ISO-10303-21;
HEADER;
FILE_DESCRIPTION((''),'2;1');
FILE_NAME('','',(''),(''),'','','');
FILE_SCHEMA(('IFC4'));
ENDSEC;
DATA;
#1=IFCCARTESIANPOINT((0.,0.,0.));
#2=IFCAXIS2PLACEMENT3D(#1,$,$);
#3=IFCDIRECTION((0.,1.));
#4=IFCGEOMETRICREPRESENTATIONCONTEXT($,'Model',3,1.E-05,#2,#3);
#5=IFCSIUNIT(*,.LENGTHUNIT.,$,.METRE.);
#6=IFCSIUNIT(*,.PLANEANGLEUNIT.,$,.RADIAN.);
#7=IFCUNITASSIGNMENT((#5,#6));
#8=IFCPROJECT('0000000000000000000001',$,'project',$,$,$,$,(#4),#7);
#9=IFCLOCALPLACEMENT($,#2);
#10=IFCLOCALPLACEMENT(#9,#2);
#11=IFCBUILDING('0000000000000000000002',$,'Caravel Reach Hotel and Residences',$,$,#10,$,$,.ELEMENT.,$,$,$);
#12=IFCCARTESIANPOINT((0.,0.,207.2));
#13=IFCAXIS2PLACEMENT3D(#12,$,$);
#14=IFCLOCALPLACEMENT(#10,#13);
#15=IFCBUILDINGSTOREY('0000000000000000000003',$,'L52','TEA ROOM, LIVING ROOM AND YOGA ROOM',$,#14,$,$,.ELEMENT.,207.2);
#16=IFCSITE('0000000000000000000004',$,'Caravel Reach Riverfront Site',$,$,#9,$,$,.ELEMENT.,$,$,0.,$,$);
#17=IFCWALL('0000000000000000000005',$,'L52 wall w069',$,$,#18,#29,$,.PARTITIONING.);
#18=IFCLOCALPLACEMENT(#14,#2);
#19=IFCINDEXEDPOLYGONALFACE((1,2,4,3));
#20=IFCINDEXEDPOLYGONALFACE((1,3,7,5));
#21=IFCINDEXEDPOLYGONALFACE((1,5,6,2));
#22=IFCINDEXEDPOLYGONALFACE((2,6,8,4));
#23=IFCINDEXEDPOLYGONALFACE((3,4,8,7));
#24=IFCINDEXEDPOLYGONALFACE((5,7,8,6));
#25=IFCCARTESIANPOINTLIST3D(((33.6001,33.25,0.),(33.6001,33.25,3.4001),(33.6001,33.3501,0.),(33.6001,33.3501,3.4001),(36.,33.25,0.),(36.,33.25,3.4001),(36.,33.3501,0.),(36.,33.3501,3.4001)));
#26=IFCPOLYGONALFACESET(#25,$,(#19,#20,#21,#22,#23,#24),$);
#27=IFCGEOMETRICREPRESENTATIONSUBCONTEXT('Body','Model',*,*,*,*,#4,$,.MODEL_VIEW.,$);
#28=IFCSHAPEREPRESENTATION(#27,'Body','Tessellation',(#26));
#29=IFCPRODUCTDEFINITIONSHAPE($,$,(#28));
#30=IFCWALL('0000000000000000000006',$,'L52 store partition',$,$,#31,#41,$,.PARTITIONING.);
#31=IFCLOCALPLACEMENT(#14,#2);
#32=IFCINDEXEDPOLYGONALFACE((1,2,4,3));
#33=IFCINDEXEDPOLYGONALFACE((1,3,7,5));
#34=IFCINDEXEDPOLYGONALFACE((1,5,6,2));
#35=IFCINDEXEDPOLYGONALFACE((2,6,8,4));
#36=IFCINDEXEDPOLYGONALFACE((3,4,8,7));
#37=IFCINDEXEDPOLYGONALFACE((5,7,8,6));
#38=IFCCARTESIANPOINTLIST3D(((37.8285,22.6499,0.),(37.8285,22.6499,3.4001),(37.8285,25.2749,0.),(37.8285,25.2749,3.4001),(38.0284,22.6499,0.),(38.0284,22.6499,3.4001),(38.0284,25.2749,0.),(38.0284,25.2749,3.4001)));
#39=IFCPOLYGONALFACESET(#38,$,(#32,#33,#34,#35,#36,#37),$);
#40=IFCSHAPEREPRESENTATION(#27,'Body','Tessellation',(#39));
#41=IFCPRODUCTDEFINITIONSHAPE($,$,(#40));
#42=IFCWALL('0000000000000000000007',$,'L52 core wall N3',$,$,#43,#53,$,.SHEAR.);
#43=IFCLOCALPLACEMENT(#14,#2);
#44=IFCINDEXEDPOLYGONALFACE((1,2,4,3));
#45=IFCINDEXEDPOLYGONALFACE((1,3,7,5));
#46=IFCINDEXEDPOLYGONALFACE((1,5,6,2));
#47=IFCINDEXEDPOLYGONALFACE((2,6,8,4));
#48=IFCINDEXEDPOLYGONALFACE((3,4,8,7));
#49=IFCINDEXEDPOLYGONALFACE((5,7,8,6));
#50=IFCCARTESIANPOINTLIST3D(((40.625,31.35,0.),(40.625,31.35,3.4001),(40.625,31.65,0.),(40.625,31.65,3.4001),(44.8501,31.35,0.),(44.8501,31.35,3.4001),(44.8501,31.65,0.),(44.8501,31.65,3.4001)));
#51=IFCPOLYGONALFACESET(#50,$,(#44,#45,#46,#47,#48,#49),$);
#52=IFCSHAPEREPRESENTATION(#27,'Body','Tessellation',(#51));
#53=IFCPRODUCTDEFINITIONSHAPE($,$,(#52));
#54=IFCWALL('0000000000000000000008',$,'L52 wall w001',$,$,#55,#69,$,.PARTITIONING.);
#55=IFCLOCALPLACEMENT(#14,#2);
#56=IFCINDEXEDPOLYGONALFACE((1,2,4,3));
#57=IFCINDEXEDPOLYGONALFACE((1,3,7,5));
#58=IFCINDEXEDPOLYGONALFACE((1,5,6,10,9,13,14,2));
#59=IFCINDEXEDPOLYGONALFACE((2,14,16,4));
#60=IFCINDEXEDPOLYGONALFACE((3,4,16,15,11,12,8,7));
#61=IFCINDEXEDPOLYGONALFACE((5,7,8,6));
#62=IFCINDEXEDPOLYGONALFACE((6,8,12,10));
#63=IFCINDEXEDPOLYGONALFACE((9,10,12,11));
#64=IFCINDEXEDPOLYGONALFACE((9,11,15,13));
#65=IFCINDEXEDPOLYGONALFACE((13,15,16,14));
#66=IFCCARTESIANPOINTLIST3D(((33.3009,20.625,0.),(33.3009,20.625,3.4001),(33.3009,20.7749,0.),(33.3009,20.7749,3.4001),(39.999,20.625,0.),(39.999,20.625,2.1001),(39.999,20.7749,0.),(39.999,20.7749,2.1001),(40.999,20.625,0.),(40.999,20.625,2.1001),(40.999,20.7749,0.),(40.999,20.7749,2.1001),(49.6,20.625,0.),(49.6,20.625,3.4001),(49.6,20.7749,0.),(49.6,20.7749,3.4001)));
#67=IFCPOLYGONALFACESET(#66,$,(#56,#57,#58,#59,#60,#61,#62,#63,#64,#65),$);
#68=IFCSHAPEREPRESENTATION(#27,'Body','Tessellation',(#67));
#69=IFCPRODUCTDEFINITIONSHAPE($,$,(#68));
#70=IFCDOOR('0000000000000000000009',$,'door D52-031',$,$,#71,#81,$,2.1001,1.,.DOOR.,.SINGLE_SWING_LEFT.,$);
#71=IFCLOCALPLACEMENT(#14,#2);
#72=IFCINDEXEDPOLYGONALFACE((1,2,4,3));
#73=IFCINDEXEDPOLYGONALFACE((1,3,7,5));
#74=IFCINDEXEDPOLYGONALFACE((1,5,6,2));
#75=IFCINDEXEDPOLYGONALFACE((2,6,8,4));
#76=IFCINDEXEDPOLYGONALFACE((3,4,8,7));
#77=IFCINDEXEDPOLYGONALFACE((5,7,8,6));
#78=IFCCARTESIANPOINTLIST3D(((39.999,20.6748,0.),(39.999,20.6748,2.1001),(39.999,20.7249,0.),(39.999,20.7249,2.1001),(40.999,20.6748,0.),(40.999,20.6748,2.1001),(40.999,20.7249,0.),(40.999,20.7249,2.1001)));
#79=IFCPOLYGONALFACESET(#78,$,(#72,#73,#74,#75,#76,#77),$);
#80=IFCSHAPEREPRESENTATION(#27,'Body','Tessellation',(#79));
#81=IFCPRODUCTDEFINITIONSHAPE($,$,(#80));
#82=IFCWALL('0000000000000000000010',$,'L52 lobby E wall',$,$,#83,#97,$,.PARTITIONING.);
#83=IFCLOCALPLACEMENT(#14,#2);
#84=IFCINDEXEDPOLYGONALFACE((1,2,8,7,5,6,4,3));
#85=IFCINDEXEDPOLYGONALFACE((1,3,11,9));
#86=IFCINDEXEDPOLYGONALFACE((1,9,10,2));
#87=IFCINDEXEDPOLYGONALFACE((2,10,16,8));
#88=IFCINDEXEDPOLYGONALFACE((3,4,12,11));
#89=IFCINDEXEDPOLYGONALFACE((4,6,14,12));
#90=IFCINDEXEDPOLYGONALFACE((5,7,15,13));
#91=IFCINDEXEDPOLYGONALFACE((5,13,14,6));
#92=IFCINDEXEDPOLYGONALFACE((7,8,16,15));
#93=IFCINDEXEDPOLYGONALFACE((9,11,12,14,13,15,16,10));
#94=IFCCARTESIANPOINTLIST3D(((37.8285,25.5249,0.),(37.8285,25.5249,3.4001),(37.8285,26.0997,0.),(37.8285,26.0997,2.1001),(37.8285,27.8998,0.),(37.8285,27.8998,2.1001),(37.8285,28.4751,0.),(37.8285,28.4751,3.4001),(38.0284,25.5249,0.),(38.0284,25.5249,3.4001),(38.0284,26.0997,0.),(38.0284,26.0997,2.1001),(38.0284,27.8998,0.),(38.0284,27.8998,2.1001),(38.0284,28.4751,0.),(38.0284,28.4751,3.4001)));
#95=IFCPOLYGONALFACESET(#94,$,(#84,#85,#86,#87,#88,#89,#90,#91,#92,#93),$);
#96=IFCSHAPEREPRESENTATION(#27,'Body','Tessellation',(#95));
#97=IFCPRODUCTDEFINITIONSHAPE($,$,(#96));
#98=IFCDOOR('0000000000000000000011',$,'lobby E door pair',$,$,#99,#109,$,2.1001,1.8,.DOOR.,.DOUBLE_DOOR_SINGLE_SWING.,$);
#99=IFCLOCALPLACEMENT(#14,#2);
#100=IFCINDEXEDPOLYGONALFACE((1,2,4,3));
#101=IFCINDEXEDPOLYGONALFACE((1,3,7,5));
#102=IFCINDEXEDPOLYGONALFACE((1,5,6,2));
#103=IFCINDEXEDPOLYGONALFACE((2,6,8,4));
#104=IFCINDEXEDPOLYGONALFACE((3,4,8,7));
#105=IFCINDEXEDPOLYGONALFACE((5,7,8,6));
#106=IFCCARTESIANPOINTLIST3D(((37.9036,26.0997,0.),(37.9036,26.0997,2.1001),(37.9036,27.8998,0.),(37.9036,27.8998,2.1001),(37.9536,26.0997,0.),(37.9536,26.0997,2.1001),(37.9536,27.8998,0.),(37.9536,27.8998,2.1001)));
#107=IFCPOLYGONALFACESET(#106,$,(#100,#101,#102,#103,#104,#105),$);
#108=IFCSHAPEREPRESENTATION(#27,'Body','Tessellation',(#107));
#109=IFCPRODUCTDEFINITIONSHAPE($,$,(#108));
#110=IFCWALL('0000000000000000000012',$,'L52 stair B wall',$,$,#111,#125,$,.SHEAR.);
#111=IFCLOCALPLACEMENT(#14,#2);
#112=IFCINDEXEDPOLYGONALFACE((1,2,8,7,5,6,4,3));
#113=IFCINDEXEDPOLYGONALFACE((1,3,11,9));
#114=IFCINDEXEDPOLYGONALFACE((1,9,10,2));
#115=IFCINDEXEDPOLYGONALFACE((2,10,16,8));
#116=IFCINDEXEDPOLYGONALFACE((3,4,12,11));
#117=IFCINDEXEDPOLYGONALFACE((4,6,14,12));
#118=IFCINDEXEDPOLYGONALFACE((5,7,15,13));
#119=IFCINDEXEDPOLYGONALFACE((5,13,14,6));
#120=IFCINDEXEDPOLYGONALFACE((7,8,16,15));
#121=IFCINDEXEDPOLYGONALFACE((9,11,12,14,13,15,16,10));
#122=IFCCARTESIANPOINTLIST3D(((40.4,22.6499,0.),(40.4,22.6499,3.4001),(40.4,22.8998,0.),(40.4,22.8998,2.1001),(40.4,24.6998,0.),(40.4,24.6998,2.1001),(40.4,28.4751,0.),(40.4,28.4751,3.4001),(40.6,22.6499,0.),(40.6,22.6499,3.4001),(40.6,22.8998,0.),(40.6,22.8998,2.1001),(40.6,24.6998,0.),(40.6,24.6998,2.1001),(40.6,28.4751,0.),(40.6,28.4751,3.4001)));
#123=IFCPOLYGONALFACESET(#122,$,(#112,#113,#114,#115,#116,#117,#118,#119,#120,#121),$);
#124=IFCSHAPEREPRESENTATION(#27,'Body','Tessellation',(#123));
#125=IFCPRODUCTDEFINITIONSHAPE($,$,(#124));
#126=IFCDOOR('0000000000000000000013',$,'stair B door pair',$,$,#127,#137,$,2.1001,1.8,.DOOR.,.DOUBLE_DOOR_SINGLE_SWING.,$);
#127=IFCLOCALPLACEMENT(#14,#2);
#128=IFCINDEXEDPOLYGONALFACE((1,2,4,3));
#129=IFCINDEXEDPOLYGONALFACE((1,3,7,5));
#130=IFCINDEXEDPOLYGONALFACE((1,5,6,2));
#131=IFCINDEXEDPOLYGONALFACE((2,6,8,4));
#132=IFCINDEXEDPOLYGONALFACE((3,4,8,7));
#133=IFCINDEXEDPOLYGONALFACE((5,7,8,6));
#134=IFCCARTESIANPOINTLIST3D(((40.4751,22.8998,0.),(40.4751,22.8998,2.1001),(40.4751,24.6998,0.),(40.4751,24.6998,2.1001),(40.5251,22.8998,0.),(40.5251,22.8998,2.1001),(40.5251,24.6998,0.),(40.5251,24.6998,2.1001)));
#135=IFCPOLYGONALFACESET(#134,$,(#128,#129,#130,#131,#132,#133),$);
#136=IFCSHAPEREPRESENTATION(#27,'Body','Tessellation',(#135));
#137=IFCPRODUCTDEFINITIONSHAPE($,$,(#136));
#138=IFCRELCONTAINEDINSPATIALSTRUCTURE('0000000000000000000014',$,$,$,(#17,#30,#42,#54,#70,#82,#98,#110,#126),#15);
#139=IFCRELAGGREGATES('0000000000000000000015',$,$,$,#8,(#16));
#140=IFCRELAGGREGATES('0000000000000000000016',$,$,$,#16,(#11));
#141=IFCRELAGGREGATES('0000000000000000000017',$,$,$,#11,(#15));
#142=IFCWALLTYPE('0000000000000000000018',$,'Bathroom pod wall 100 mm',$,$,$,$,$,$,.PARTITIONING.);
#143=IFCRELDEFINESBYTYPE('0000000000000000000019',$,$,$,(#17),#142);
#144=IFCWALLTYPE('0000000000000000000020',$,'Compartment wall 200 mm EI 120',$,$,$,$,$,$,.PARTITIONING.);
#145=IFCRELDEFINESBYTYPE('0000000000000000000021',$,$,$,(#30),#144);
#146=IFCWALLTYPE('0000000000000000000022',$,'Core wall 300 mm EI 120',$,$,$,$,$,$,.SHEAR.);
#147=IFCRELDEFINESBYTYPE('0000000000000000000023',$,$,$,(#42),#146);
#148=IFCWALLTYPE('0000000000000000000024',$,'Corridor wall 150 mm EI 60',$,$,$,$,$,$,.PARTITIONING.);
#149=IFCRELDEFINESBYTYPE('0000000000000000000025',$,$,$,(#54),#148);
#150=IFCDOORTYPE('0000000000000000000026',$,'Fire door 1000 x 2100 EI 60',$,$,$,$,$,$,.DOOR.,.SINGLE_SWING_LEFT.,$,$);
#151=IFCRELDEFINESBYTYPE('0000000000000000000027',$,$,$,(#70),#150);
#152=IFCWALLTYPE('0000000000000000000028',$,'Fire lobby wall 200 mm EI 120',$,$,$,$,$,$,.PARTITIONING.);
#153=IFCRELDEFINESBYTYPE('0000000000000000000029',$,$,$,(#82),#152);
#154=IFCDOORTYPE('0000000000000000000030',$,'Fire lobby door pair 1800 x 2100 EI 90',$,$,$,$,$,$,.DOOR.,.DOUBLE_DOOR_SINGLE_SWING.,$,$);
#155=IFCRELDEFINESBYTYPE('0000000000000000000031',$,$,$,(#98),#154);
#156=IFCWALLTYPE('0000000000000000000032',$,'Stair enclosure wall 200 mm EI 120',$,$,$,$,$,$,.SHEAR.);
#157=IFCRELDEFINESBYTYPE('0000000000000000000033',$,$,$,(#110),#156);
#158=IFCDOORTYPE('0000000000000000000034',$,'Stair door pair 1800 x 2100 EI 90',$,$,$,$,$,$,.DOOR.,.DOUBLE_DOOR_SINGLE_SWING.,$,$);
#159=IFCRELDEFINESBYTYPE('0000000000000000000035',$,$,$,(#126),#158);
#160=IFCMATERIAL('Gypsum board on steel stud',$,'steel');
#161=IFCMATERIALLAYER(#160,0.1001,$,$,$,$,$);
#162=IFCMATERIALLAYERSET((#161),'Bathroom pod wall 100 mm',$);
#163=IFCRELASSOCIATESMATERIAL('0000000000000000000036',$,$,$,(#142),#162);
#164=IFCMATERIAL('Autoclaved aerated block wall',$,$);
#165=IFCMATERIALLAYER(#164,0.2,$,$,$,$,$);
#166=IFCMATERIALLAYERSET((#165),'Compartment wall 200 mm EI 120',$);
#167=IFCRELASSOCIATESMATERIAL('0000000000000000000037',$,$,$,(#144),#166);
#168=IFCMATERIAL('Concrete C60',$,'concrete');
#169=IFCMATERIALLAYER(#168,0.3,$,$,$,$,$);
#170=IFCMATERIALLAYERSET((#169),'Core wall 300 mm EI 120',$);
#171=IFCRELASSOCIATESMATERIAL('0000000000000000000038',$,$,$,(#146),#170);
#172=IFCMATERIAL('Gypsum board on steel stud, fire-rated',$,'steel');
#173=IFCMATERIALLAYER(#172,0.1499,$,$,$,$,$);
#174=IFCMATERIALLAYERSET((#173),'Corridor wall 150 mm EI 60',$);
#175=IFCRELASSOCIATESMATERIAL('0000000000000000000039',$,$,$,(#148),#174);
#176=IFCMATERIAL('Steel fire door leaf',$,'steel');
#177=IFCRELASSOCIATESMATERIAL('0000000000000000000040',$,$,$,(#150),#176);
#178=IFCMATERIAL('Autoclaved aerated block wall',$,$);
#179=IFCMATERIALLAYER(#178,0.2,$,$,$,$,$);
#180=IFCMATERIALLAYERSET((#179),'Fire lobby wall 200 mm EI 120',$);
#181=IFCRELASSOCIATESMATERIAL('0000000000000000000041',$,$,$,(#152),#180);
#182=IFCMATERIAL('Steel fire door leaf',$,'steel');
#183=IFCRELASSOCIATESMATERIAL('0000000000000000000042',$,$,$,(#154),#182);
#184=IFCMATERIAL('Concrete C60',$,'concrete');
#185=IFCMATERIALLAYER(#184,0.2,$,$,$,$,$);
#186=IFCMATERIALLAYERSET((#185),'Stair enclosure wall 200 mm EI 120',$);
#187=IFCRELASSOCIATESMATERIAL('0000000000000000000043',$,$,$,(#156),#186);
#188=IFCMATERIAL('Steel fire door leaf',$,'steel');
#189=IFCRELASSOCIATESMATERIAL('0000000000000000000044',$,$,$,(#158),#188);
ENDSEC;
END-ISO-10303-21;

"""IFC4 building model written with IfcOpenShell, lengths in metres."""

from ifc_helpers import new_model, si_unit, direction, frame, frame_2d, origin, place, context, subcontext, project, spatial, rectangle, extrude, material, layer, layer_set, type_object, element, fill, save


model = new_model("IFC4")

# Units and contexts
model_context = context("Model", 3, precision=1e-05, world=origin(), true_north=direction((0.0, 1.0)))
body_context = subcontext(model_context, "Body", "Model", "MODEL_VIEW")
ifc_project = project(units=[si_unit("LENGTHUNIT", "METRE"), si_unit("PLANEANGLEUNIT", "RADIAN")], contexts=[model_context])

# Site, building, storey
site_placement = place(None, origin())
site = spatial("IfcSite", under=ifc_project, at=site_placement, Name="Caravel Reach Riverfront Site", CompositionType="ELEMENT", RefElevation=0.0)
building_placement = place(site_placement, origin())
building = spatial("IfcBuilding", under=site, at=building_placement, Name="Caravel Reach Hotel and Residences", CompositionType="ELEMENT")
storey_placement = place(building_placement, frame((0.0, 0.0, 207.2)))
storey = spatial("IfcBuildingStorey", under=building, at=storey_placement, Name="L52", Description="TEA ROOM, LIVING ROOM AND YOGA ROOM", CompositionType="ELEMENT", Elevation=207.2)

# Walls
ifc_material_1 = material(Name="Gypsum board on steel stud", Category="steel")
ifc_layer_1 = layer(ifc_material_1, 0.1001)
ifc_layer_set_1 = layer_set([ifc_layer_1], Name="Bathroom pod wall 100 mm")
wall_type_1 = type_object("IfcWallType", Name="Bathroom pod wall 100 mm", PredefinedType="PARTITIONING", material=ifc_layer_set_1)
wall_1_placement = place(storey_placement, frame((33.6001, 33.3, 0.0), z_axis=(0.0, 0.0, 1.0), x_axis=(1.0, 0.0, 0.0)))
element("IfcWall", 1, at=wall_1_placement, inside=storey, type_object=wall_type_1, Name="L52 wall w069", PredefinedType="PARTITIONING", context=body_context, shape_type="SweptSolid", body=[
    extrude(rectangle(XDim=2.3999, YDim=0.1001, at=frame_2d((1.2, 0.0))), origin(), (0.0, 0.0, 1.0), 3.4001),
])
ifc_material_2 = material(Name="Autoclaved aerated block wall")
ifc_layer_2 = layer(ifc_material_2, 0.2)
ifc_layer_set_2 = layer_set([ifc_layer_2], Name="Compartment wall 200 mm EI 120")
wall_type_2 = type_object("IfcWallType", Name="Compartment wall 200 mm EI 120", PredefinedType="PARTITIONING", material=ifc_layer_set_2)
wall_2_placement = place(storey_placement, frame((37.9285, 22.6499, 0.0), z_axis=(0.0, 0.0, 1.0), x_axis=(0.0, 1.0, 0.0)))
element("IfcWall", 2, at=wall_2_placement, inside=storey, type_object=wall_type_2, Name="L52 store partition", PredefinedType="PARTITIONING", context=body_context, shape_type="SweptSolid", body=[
    extrude(rectangle(XDim=2.625, YDim=0.2, at=frame_2d((1.3125, 0.0))), origin(), (0.0, 0.0, 1.0), 3.4001),
])
ifc_material_3 = material(Name="Concrete C60", Category="concrete")
ifc_layer_3 = layer(ifc_material_3, 0.3)
ifc_layer_set_3 = layer_set([ifc_layer_3], Name="Core wall 300 mm EI 120")
wall_type_3 = type_object("IfcWallType", Name="Core wall 300 mm EI 120", PredefinedType="SHEAR", material=ifc_layer_set_3)
wall_3_placement = place(storey_placement, frame((40.625, 31.5, 0.0), z_axis=(0.0, 0.0, 1.0), x_axis=(1.0, 0.0, 0.0)))
element("IfcWall", 3, at=wall_3_placement, inside=storey, type_object=wall_type_3, Name="L52 core wall N3", PredefinedType="SHEAR", context=body_context, shape_type="SweptSolid", body=[
    extrude(rectangle(XDim=4.2251, YDim=0.3, at=frame_2d((2.1125, 0.0))), origin(), (0.0, 0.0, 1.0), 3.4001),
])

# Walls, openings, doors
ifc_material_4 = material(Name="Gypsum board on steel stud, fire-rated", Category="steel")
ifc_layer_4 = layer(ifc_material_4, 0.1499)
ifc_layer_set_4 = layer_set([ifc_layer_4], Name="Corridor wall 150 mm EI 60")
wall_type_4 = type_object("IfcWallType", Name="Corridor wall 150 mm EI 60", PredefinedType="PARTITIONING", material=ifc_layer_set_4)
wall_4_placement = place(storey_placement, frame((33.301, 20.7, 0.0), z_axis=(0.0, 0.0, 1.0), x_axis=(1.0, 0.0, 0.0)))
wall_4 = element("IfcWall", 4, at=wall_4_placement, inside=storey, type_object=wall_type_4, Name="L52 wall w001", PredefinedType="PARTITIONING", context=body_context, shape_type="SweptSolid", body=[
    extrude(rectangle(XDim=16.2991, YDim=0.1499, at=frame_2d((8.1494, 0.0))), origin(), (0.0, 0.0, 1.0), 3.4001),
])
opening_1_placement = place(wall_4_placement, frame((6.698, 0.0, 0.0)))
opening_1 = element("IfcOpeningElement", 5, at=opening_1_placement, cuts=wall_4, PredefinedType="OPENING", context=body_context, shape_type="SweptSolid", body=[
    extrude(rectangle(XDim=1.0, YDim=2.1001, at=frame_2d((0.5, 1.05))), frame((0.0, 0.085, 0.0), z_axis=(0.0, -1.0, 0.0), x_axis=(1.0, 0.0, 0.0)), (0.0, 0.0, 1.0), 0.1699),
])
ifc_material_5 = material(Name="Steel fire door leaf", Category="steel")
door_type_1 = type_object("IfcDoorType", Name="Fire door 1000 x 2100 EI 60", OperationType="SINGLE_SWING_LEFT", PredefinedType="DOOR", material=ifc_material_5)
door_1_placement = place(opening_1_placement, origin())
door_1 = element("IfcDoor", 6, at=door_1_placement, inside=storey, type_object=door_type_1, Name="door D52-031", OperationType="SINGLE_SWING_LEFT", OverallHeight=2.1001, OverallWidth=1.0, PredefinedType="DOOR", context=body_context, shape_type="SweptSolid", body=[
    extrude(rectangle(XDim=1.0, YDim=2.1001, at=frame_2d((0.5, 1.05))), frame((0.0, 0.0249, 0.0), z_axis=(0.0, -1.0, 0.0), x_axis=(1.0, 0.0, 0.0)), (0.0, 0.0, 1.0), 0.05),
])
fill(opening_1, door_1)
ifc_material_6 = material(Name="Autoclaved aerated block wall")
ifc_layer_5 = layer(ifc_material_6, 0.2)
ifc_layer_set_5 = layer_set([ifc_layer_5], Name="Fire lobby wall 200 mm EI 120")
wall_type_5 = type_object("IfcWallType", Name="Fire lobby wall 200 mm EI 120", PredefinedType="PARTITIONING", material=ifc_layer_set_5)
wall_5_placement = place(storey_placement, frame((37.9285, 25.5249, 0.0), z_axis=(0.0, 0.0, 1.0), x_axis=(0.0, 1.0, 0.0)))
wall_5 = element("IfcWall", 7, at=wall_5_placement, inside=storey, type_object=wall_type_5, Name="L52 lobby E wall", PredefinedType="PARTITIONING", context=body_context, shape_type="SweptSolid", body=[
    extrude(rectangle(XDim=2.9502, YDim=0.2, at=frame_2d((1.4751, 0.0))), origin(), (0.0, 0.0, 1.0), 3.4001),
])
opening_2_placement = place(wall_5_placement, frame((0.575, 0.0, 0.0)))
opening_2 = element("IfcOpeningElement", 8, at=opening_2_placement, cuts=wall_5, PredefinedType="OPENING", context=body_context, shape_type="SweptSolid", body=[
    extrude(rectangle(XDim=1.8, YDim=2.1001, at=frame_2d((0.8999, 1.05))), frame((0.0, 0.1099, 0.0), z_axis=(0.0, -1.0, 0.0), x_axis=(1.0, 0.0, 0.0)), (0.0, 0.0, 1.0), 0.22),
])
ifc_material_7 = material(Name="Steel fire door leaf", Category="steel")
door_type_2 = type_object("IfcDoorType", Name="Fire lobby door pair 1800 x 2100 EI 90", OperationType="DOUBLE_DOOR_SINGLE_SWING", PredefinedType="DOOR", material=ifc_material_7)
door_2_placement = place(opening_2_placement, origin())
door_2 = element("IfcDoor", 9, at=door_2_placement, inside=storey, type_object=door_type_2, Name="lobby E door pair", OperationType="DOUBLE_DOOR_SINGLE_SWING", OverallHeight=2.1001, OverallWidth=1.8, PredefinedType="DOOR", context=body_context, shape_type="SweptSolid", body=[
    extrude(rectangle(XDim=1.8, YDim=2.1001, at=frame_2d((0.8999, 1.05))), frame((0.0, 0.0249, 0.0), z_axis=(0.0, -1.0, 0.0), x_axis=(1.0, 0.0, 0.0)), (0.0, 0.0, 1.0), 0.05),
])
fill(opening_2, door_2)
ifc_material_8 = material(Name="Concrete C60", Category="concrete")
ifc_layer_6 = layer(ifc_material_8, 0.2)
ifc_layer_set_6 = layer_set([ifc_layer_6], Name="Stair enclosure wall 200 mm EI 120")
wall_type_6 = type_object("IfcWallType", Name="Stair enclosure wall 200 mm EI 120", PredefinedType="SHEAR", material=ifc_layer_set_6)
wall_6_placement = place(storey_placement, frame((40.5, 22.6499, 0.0), z_axis=(0.0, 0.0, 1.0), x_axis=(0.0, 1.0, 0.0)))
wall_6 = element("IfcWall", 10, at=wall_6_placement, inside=storey, type_object=wall_type_6, Name="L52 stair B wall", PredefinedType="SHEAR", context=body_context, shape_type="SweptSolid", body=[
    extrude(rectangle(XDim=5.8252, YDim=0.2, at=frame_2d((2.9126, 0.0))), origin(), (0.0, 0.0, 1.0), 3.4001),
])
opening_3_placement = place(wall_6_placement, frame((0.25, 0.0, 0.0)))
opening_3 = element("IfcOpeningElement", 11, at=opening_3_placement, cuts=wall_6, PredefinedType="OPENING", context=body_context, shape_type="SweptSolid", body=[
    extrude(rectangle(XDim=1.8, YDim=2.1001, at=frame_2d((0.8999, 1.05))), frame((0.0, 0.1099, 0.0), z_axis=(0.0, -1.0, 0.0), x_axis=(1.0, 0.0, 0.0)), (0.0, 0.0, 1.0), 0.22),
])
ifc_material_9 = material(Name="Steel fire door leaf", Category="steel")
door_type_3 = type_object("IfcDoorType", Name="Stair door pair 1800 x 2100 EI 90", OperationType="DOUBLE_DOOR_SINGLE_SWING", PredefinedType="DOOR", material=ifc_material_9)
door_3_placement = place(opening_3_placement, origin())
door_3 = element("IfcDoor", 12, at=door_3_placement, inside=storey, type_object=door_type_3, Name="stair B door pair", OperationType="DOUBLE_DOOR_SINGLE_SWING", OverallHeight=2.1001, OverallWidth=1.8, PredefinedType="DOOR", context=body_context, shape_type="SweptSolid", body=[
    extrude(rectangle(XDim=1.8, YDim=2.1001, at=frame_2d((0.8999, 1.05))), frame((0.0, 0.0249, 0.0), z_axis=(0.0, -1.0, 0.0), x_axis=(1.0, 0.0, 0.0)), (0.0, 0.0, 1.0), 0.05),
])
fill(opening_3, door_3)

save(model, "model.ifc")
